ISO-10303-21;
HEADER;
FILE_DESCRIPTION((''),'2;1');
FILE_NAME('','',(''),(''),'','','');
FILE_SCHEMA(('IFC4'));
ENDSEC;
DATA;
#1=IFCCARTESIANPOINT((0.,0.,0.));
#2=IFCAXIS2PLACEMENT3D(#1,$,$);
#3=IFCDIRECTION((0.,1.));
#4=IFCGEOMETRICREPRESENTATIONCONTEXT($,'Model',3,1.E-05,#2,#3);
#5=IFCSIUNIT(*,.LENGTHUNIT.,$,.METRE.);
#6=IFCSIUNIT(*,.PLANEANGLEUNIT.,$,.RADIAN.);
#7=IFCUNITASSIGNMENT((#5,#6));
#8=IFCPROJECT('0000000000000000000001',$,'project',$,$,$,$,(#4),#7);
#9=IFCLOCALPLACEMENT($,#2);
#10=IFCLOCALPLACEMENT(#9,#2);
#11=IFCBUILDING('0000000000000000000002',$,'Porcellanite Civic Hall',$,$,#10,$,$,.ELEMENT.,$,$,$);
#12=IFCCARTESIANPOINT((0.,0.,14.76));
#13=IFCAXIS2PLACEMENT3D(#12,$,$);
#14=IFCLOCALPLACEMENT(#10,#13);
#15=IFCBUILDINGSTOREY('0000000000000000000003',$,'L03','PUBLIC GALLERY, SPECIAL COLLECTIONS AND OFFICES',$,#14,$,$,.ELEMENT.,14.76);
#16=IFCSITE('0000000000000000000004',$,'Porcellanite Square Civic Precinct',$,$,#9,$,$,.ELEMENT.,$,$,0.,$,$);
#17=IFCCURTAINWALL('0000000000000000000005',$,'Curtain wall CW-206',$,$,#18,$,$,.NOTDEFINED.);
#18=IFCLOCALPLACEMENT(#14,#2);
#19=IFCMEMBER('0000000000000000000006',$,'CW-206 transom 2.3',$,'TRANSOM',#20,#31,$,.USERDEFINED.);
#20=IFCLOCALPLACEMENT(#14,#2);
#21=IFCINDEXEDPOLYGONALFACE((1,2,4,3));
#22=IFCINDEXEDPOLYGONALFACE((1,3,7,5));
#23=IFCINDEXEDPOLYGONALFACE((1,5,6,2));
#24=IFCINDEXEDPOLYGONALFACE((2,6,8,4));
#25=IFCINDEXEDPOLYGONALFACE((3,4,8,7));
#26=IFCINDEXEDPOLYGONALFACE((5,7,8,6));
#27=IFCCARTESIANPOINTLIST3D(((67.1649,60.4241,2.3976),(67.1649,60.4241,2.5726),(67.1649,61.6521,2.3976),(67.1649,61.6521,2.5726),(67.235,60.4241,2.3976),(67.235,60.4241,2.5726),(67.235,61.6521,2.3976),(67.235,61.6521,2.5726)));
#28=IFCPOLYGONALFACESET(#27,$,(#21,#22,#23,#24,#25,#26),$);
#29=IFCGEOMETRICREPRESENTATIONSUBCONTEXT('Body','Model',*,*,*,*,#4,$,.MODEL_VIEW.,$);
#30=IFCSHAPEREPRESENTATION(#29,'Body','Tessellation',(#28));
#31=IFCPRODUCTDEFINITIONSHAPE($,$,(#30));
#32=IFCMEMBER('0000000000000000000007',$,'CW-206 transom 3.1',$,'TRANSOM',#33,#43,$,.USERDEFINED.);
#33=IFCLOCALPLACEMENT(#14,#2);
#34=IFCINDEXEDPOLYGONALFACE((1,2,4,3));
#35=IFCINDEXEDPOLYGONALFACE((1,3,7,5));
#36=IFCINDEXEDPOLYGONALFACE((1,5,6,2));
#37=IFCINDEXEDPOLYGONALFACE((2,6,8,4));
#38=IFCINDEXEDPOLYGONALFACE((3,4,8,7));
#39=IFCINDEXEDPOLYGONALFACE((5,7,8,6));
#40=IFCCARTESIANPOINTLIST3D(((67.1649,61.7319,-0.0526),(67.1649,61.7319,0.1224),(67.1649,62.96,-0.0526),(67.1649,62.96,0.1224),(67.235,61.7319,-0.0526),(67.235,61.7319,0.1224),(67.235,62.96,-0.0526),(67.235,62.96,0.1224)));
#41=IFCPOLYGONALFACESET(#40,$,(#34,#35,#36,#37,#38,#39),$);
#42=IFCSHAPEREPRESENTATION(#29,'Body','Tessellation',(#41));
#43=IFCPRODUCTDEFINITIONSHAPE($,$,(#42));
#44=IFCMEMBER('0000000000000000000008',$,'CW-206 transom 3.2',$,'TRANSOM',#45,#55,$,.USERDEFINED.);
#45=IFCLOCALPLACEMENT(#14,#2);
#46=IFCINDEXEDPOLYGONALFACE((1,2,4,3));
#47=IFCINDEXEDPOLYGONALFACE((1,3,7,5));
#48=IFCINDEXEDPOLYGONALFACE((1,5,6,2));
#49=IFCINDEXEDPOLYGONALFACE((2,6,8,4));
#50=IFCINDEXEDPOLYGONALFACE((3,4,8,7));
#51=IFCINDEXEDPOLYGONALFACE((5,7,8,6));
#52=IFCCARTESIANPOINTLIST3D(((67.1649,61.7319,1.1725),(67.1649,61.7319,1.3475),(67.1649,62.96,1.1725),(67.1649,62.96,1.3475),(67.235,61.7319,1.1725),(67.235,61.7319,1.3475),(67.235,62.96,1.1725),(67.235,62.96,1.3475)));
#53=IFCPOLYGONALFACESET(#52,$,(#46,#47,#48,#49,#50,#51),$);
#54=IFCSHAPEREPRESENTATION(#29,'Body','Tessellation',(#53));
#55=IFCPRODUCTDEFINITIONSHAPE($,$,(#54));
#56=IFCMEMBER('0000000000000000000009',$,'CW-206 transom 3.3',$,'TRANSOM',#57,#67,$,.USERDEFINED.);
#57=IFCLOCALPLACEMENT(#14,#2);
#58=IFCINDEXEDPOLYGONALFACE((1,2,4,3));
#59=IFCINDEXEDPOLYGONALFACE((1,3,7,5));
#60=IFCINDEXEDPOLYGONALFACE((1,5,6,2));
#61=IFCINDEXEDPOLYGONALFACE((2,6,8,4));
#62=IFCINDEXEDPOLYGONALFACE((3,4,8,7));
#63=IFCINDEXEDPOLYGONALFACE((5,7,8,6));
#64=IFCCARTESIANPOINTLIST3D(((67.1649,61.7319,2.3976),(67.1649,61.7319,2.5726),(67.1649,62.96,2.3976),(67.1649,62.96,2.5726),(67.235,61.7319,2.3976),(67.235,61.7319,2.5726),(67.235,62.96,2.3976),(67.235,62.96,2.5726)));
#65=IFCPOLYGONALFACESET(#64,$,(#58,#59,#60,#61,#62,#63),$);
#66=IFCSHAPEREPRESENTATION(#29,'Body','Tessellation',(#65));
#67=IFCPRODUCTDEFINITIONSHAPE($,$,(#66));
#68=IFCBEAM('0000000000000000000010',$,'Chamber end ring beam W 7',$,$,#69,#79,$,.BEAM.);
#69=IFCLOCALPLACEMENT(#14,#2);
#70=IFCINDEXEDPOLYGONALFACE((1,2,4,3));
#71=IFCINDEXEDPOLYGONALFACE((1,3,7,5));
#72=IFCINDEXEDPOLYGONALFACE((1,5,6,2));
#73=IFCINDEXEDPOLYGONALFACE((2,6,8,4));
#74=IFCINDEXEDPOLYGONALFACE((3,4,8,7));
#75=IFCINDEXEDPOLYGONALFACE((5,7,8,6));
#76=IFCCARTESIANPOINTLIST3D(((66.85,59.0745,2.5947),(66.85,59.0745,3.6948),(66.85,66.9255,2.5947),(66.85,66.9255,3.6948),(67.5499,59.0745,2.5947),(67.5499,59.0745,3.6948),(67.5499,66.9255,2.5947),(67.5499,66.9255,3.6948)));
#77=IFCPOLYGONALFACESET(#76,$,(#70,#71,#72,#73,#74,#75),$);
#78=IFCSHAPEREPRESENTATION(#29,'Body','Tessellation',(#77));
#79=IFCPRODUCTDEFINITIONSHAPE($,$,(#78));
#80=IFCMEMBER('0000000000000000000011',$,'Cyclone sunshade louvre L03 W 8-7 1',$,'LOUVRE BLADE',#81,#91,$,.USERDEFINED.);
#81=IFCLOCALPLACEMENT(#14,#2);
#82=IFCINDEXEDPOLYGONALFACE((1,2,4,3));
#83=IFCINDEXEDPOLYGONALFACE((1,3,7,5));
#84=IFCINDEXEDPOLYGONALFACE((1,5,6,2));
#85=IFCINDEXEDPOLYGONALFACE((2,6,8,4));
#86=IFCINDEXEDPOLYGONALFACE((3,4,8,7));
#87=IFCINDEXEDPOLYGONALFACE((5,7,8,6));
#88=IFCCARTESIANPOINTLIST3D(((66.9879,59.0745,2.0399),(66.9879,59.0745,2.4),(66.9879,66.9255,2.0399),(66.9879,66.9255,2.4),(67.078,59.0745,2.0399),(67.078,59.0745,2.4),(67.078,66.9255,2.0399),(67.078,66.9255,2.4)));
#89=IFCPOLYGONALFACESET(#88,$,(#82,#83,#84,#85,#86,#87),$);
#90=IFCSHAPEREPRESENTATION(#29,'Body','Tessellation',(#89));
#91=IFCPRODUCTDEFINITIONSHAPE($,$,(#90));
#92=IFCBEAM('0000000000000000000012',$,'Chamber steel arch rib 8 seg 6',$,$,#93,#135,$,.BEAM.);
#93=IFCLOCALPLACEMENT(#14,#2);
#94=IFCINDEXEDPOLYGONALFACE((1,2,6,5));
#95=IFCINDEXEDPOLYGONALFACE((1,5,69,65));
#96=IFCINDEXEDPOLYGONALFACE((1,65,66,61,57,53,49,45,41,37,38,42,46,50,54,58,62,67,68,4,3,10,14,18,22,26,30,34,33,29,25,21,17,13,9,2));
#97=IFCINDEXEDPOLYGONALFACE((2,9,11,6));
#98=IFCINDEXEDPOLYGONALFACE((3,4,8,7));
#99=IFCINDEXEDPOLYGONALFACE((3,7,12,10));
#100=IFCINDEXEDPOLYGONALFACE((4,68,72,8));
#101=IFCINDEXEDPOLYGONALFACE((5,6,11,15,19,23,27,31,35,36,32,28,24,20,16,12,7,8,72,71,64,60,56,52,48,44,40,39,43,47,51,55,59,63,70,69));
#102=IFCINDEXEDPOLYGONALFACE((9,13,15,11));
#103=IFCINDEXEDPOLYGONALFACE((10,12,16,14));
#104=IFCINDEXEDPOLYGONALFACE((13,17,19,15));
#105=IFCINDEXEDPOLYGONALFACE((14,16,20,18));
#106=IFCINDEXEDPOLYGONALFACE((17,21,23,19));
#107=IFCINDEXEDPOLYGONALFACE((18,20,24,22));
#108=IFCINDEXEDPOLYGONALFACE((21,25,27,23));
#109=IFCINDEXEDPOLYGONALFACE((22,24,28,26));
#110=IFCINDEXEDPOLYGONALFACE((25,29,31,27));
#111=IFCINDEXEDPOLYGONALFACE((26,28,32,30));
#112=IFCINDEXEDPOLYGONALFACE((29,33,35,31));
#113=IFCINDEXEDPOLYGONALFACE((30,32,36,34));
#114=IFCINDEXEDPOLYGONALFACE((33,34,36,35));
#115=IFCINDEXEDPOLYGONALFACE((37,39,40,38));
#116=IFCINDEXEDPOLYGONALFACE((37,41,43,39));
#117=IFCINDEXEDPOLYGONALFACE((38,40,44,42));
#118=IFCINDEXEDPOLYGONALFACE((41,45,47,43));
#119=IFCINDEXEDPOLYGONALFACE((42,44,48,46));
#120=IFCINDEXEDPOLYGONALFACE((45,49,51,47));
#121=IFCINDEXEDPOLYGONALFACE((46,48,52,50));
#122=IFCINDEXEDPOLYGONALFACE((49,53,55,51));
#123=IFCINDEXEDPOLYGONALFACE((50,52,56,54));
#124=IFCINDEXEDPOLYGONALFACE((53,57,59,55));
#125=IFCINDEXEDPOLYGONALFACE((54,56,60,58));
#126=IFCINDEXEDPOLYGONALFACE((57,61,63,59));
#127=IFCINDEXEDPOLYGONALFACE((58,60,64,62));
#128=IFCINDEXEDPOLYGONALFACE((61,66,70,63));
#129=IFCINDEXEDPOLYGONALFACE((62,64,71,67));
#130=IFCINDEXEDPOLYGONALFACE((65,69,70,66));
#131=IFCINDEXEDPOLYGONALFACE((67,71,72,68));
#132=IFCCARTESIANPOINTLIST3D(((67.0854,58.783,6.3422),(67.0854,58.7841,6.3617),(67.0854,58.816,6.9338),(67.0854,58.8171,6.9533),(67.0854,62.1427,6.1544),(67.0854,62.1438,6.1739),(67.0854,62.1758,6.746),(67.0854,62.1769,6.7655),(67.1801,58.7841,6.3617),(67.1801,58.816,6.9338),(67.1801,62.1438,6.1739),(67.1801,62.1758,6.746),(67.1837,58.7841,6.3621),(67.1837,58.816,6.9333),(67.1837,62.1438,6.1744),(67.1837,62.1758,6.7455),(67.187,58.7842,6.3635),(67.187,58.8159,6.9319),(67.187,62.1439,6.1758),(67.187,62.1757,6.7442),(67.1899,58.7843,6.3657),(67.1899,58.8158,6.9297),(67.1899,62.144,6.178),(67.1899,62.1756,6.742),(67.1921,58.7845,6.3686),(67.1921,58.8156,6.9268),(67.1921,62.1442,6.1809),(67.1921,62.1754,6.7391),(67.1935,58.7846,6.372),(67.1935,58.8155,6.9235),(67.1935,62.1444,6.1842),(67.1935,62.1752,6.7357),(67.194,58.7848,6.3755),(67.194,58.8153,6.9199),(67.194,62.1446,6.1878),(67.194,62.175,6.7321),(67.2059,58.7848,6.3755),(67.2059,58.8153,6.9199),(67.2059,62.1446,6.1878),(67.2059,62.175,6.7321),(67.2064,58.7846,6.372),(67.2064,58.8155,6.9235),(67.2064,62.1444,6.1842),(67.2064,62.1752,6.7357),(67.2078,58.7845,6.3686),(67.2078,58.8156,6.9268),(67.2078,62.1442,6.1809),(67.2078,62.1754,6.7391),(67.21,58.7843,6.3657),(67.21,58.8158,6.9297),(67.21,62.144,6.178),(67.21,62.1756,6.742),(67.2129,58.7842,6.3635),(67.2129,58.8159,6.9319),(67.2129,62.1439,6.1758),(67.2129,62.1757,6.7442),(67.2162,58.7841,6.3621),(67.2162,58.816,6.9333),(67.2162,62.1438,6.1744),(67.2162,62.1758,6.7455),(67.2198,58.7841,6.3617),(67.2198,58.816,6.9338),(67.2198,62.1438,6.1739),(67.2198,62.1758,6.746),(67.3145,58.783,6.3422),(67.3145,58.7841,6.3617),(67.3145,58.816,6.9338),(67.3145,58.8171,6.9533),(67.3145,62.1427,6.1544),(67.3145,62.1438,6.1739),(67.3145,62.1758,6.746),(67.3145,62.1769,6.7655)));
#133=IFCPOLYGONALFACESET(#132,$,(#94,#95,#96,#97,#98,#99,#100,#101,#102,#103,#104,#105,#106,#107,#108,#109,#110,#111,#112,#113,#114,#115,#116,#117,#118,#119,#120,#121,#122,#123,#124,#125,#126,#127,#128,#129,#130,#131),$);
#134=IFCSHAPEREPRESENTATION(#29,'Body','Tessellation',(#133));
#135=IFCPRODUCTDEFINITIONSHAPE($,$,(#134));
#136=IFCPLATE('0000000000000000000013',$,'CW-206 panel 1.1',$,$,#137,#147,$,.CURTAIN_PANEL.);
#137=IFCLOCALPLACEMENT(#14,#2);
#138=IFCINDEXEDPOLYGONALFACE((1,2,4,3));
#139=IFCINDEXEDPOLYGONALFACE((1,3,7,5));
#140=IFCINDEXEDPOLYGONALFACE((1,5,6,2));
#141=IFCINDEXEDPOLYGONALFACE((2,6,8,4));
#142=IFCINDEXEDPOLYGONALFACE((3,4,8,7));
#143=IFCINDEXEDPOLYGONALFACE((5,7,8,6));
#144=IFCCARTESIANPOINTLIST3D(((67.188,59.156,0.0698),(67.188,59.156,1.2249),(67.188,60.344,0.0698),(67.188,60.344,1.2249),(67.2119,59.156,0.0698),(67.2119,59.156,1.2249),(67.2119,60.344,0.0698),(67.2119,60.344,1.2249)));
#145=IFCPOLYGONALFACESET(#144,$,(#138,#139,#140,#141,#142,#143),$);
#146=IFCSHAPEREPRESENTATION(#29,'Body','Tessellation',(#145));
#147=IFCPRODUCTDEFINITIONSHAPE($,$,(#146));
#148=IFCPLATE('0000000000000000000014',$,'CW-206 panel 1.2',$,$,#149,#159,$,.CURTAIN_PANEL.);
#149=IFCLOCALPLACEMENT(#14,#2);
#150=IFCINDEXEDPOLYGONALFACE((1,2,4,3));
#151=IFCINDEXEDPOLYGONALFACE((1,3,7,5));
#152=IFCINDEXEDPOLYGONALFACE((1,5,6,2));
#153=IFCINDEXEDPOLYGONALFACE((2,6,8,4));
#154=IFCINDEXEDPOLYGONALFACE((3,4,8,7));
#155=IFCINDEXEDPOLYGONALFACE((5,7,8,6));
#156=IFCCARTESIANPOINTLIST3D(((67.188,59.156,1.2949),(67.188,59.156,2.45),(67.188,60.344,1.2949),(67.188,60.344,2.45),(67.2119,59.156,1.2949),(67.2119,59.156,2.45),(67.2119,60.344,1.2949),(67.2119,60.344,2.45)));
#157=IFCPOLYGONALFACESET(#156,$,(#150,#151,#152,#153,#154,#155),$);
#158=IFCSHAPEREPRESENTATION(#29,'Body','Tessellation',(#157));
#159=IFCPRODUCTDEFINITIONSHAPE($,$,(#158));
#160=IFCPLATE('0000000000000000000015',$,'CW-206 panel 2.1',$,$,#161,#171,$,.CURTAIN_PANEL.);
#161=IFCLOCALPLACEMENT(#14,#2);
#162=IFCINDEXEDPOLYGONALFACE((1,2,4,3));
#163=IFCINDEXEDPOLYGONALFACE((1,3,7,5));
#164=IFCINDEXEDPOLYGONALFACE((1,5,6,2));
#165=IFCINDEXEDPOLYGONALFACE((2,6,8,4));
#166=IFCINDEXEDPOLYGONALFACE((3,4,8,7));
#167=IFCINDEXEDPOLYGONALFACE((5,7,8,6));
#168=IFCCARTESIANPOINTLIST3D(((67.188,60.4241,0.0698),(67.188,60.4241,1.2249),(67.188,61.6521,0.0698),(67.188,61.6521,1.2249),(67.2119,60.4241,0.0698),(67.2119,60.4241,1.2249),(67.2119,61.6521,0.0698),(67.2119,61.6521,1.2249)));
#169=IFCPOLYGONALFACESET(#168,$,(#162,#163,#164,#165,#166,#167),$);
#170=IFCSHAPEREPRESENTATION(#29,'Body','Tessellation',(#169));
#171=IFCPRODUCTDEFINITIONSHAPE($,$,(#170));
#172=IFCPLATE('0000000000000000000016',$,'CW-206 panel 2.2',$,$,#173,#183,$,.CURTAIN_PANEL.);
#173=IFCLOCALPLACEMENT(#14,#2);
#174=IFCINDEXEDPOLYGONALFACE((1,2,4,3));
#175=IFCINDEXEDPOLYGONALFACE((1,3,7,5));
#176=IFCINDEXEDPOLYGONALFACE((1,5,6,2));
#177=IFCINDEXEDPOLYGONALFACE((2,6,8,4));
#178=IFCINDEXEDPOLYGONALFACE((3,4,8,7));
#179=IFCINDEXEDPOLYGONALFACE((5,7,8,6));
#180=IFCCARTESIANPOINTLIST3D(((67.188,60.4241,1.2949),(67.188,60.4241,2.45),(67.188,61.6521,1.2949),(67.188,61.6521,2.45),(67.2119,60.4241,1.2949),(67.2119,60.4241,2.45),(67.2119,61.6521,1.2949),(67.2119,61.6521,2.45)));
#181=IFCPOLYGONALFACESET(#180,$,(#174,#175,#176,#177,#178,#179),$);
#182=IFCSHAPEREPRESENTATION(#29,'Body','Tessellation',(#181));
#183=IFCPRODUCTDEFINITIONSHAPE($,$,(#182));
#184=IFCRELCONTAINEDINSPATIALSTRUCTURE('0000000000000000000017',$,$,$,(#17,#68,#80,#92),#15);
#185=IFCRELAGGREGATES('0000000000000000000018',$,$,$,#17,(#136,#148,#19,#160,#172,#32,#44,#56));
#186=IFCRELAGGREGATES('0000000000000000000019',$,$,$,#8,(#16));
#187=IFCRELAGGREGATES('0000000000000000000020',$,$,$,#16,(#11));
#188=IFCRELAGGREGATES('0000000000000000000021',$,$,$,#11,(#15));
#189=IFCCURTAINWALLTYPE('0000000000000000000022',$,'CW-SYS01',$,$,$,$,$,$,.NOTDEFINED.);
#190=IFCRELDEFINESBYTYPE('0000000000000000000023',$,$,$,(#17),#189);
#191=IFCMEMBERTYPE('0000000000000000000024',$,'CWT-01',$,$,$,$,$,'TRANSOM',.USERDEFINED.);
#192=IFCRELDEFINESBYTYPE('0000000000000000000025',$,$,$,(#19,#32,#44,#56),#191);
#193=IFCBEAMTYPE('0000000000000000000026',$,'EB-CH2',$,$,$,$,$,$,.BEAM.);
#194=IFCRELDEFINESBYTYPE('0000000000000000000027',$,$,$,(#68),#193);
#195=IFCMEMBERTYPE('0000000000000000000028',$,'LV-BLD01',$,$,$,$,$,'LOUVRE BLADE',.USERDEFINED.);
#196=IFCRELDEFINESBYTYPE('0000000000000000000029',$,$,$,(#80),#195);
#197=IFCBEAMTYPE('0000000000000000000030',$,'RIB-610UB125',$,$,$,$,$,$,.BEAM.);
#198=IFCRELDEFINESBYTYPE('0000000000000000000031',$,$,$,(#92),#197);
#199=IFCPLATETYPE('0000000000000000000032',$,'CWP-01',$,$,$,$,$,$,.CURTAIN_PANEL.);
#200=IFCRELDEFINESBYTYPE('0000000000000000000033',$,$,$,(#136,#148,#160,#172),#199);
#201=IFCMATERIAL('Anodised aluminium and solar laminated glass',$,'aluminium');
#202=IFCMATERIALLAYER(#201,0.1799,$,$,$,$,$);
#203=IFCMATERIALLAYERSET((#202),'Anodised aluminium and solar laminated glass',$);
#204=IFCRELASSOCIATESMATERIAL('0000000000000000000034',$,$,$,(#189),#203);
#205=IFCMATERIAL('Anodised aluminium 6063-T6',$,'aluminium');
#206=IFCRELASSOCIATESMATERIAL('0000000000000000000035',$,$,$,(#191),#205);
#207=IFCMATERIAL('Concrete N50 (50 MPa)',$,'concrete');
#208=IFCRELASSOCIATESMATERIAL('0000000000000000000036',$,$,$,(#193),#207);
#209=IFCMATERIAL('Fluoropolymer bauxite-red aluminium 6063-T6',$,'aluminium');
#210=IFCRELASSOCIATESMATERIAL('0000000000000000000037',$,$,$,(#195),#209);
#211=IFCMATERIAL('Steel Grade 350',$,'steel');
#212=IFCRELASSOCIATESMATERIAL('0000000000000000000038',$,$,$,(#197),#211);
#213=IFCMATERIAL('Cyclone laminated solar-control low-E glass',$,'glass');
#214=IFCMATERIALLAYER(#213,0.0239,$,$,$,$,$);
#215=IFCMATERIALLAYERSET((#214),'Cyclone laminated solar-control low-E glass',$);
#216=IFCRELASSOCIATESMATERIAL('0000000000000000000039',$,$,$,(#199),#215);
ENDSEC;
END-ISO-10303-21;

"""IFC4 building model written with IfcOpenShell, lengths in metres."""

from ifc_helpers import new_model, si_unit, direction, frame, origin, origin_2d, place, context, subcontext, project, spatial, rectangle, i_section, extrude, material, layer, layer_set, material_profile, profile_set, type_object, element, aggregate, save


model = new_model("IFC4")

# Units and contexts
model_context = context("Model", 3, precision=1e-05, world=origin(), true_north=direction((0.0, 1.0)))
body_context = subcontext(model_context, "Body", "Model", "MODEL_VIEW")
ifc_project = project(units=[si_unit("LENGTHUNIT", "METRE"), si_unit("PLANEANGLEUNIT", "RADIAN")], contexts=[model_context])

# Site, building, storey
site_placement = place(None, origin())
site = spatial("IfcSite", under=ifc_project, at=site_placement, Name="Porcellanite Square Civic Precinct", CompositionType="ELEMENT", RefElevation=0.0)
building_placement = place(site_placement, origin())
building = spatial("IfcBuilding", under=site, at=building_placement, Name="Porcellanite Civic Hall", CompositionType="ELEMENT")
storey_placement = place(building_placement, frame((0.0, 0.0, 14.76)))
storey = spatial("IfcBuildingStorey", under=building, at=storey_placement, Name="L03", Description="PUBLIC GALLERY, SPECIAL COLLECTIONS AND OFFICES", CompositionType="ELEMENT", Elevation=14.76)

# Curtain wall, members
ifc_material_1 = material(Name="Anodised aluminium and solar laminated glass", Category="aluminium")
ifc_layer_1 = layer(ifc_material_1, 0.1799)
ifc_layer_set_1 = layer_set([ifc_layer_1], Name="Anodised aluminium and solar laminated glass")
curtain_wall_type = type_object("IfcCurtainWallType", Name="CW-SYS01", PredefinedType="NOTDEFINED", material=ifc_layer_set_1)
curtain_wall_placement = place(storey_placement, origin())
curtain_wall = element("IfcCurtainWall", 1, at=curtain_wall_placement, inside=storey, type_object=curtain_wall_type, Name="Curtain wall CW-206", PredefinedType="NOTDEFINED")
ifc_material_2 = material(Name="Anodised aluminium 6063-T6", Category="aluminium")
ifc_material_profile_1 = material_profile(ifc_material_2, rectangle(XDim=0.0701, YDim=0.175, at=origin_2d()), Name="AL-70x175")
ifc_profile_set_1 = profile_set([ifc_material_profile_1], Name="Anodised aluminium 6063-T6")
member_type_1 = type_object("IfcMemberType", Name="CWT-01", ElementType="TRANSOM", PredefinedType="USERDEFINED", material=ifc_profile_set_1)
member_1_placement = place(storey_placement, frame((67.2, 60.4241, 2.4851), z_axis=(0.0, 1.0, 0.0), x_axis=(-1.0, 0.0, 0.0)))
member_1 = element("IfcMember", 2, at=member_1_placement, type_object=member_type_1, Name="CW-206 transom 2.3", ObjectType="TRANSOM", PredefinedType="USERDEFINED", context=body_context, shape_type="SweptSolid", body=[
    extrude(rectangle(XDim=0.0701, YDim=0.175, at=origin_2d()), origin(), (0.0, 0.0, 1.0), 1.228),
])
member_2_placement = place(storey_placement, frame((67.2, 61.7319, 0.0349), z_axis=(0.0, 1.0, 0.0), x_axis=(-1.0, 0.0, 0.0)))
member_2 = element("IfcMember", 3, at=member_2_placement, type_object=member_type_1, Name="CW-206 transom 3.1", ObjectType="TRANSOM", PredefinedType="USERDEFINED", context=body_context, shape_type="SweptSolid", body=[
    extrude(rectangle(XDim=0.0701, YDim=0.175, at=origin_2d()), origin(), (0.0, 0.0, 1.0), 1.228),
])
member_3_placement = place(storey_placement, frame((67.2, 61.7319, 1.26), z_axis=(0.0, 1.0, 0.0), x_axis=(-1.0, 0.0, 0.0)))
member_3 = element("IfcMember", 4, at=member_3_placement, type_object=member_type_1, Name="CW-206 transom 3.2", ObjectType="TRANSOM", PredefinedType="USERDEFINED", context=body_context, shape_type="SweptSolid", body=[
    extrude(rectangle(XDim=0.0701, YDim=0.175, at=origin_2d()), origin(), (0.0, 0.0, 1.0), 1.228),
])
member_4_placement = place(storey_placement, frame((67.2, 61.7319, 2.4851), z_axis=(0.0, 1.0, 0.0), x_axis=(-1.0, 0.0, 0.0)))
member_4 = element("IfcMember", 5, at=member_4_placement, type_object=member_type_1, Name="CW-206 transom 3.3", ObjectType="TRANSOM", PredefinedType="USERDEFINED", context=body_context, shape_type="SweptSolid", body=[
    extrude(rectangle(XDim=0.0701, YDim=0.175, at=origin_2d()), origin(), (0.0, 0.0, 1.0), 1.228),
])

# Beam
ifc_material_3 = material(Name="Concrete N50 (50 MPa)", Category="concrete")
ifc_material_profile_2 = material_profile(ifc_material_3, rectangle(XDim=0.7, YDim=1.1001, at=origin_2d()), Name="RC-700x1100")
ifc_profile_set_2 = profile_set([ifc_material_profile_2], Name="Concrete N50 (50 MPa)")
beam_type_1 = type_object("IfcBeamType", Name="EB-CH2", PredefinedType="BEAM", material=ifc_profile_set_2)
beam_1_placement = place(storey_placement, frame((67.2, 59.0745, 3.1448), z_axis=(0.0, 1.0, 0.0), x_axis=(-1.0, 0.0, 0.0)))
element("IfcBeam", 6, at=beam_1_placement, inside=storey, type_object=beam_type_1, Name="Chamber end ring beam W 7", PredefinedType="BEAM", context=body_context, shape_type="SweptSolid", body=[
    extrude(rectangle(XDim=0.7, YDim=1.1001, at=origin_2d()), origin(), (0.0, 0.0, 1.0), 7.8511),
])

# Member
ifc_material_4 = material(Name="Fluoropolymer bauxite-red aluminium 6063-T6", Category="aluminium")
ifc_material_profile_3 = material_profile(ifc_material_4, rectangle(XDim=0.0901, YDim=0.3601, at=origin_2d()), Name="AL-90x360")
ifc_profile_set_3 = profile_set([ifc_material_profile_3], Name="Fluoropolymer bauxite-red aluminium 6063-T6")
member_type_2 = type_object("IfcMemberType", Name="LV-BLD01", ElementType="LOUVRE BLADE", PredefinedType="USERDEFINED", material=ifc_profile_set_3)
member_5_placement = place(storey_placement, frame((67.033, 59.0745, 2.22), z_axis=(0.0, 1.0, 0.0), x_axis=(-1.0, 0.0, 0.0)))
element("IfcMember", 7, at=member_5_placement, inside=storey, type_object=member_type_2, Name="Cyclone sunshade louvre L03 W 8-7 1", ObjectType="LOUVRE BLADE", PredefinedType="USERDEFINED", context=body_context, shape_type="SweptSolid", body=[
    extrude(rectangle(XDim=0.0901, YDim=0.3601, at=origin_2d()), origin(), (0.0, 0.0, 1.0), 7.8511),
])

# Beam
ifc_material_5 = material(Name="Steel Grade 350", Category="steel")
ifc_material_profile_4 = material_profile(ifc_material_5, i_section(OverallWidth=0.229, OverallDepth=0.6121, WebThickness=0.012, FlangeThickness=0.0195, FilletRadius=0.0139, at=origin_2d()), Name="610UB125")
ifc_profile_set_4 = profile_set([ifc_material_profile_4], Name="Steel Grade 350")
beam_type_2 = type_object("IfcBeamType", Name="RIB-610UB125", PredefinedType="BEAM", material=ifc_profile_set_4)
beam_2_placement = place(storey_placement, frame((67.2, 58.8, 6.6477), z_axis=(0.0, 0.998442, -0.055791), x_axis=(-1.0, 0.0, 0.0)))
element("IfcBeam", 8, at=beam_2_placement, inside=storey, type_object=beam_type_2, Name="Chamber steel arch rib 8 seg 6", PredefinedType="BEAM", context=body_context, shape_type="SweptSolid", body=[
    extrude(i_section(OverallWidth=0.229, OverallDepth=0.6121, WebThickness=0.012, FlangeThickness=0.0195, FilletRadius=0.0139, at=origin_2d()), origin(), (0.0, 0.0, 1.0), 3.365),
])

# Plates
ifc_material_6 = material(Name="Cyclone laminated solar-control low-E glass", Category="glass")
ifc_layer_2 = layer(ifc_material_6, 0.0239)
ifc_layer_set_2 = layer_set([ifc_layer_2], Name="Cyclone laminated solar-control low-E glass")
plate_type_1 = type_object("IfcPlateType", Name="CWP-01", PredefinedType="CURTAIN_PANEL", material=ifc_layer_set_2)
plate_1_placement = place(storey_placement, frame((67.2, 59.75, 0.0698), z_axis=(0.0, 0.0, 1.0), x_axis=(0.0, 1.0, 0.0)))
plate_1 = element("IfcPlate", 9, at=plate_1_placement, type_object=plate_type_1, Name="CW-206 panel 1.1", PredefinedType="CURTAIN_PANEL", context=body_context, shape_type="SweptSolid", body=[
    extrude(rectangle(XDim=1.188, YDim=0.0239, at=origin_2d()), origin(), (0.0, 0.0, 1.0), 1.155),
])
plate_2_placement = place(storey_placement, frame((67.2, 59.75, 1.2949), z_axis=(0.0, 0.0, 1.0), x_axis=(0.0, 1.0, 0.0)))
plate_2 = element("IfcPlate", 10, at=plate_2_placement, type_object=plate_type_1, Name="CW-206 panel 1.2", PredefinedType="CURTAIN_PANEL", context=body_context, shape_type="SweptSolid", body=[
    extrude(rectangle(XDim=1.188, YDim=0.0239, at=origin_2d()), origin(), (0.0, 0.0, 1.0), 1.155),
])
plate_3_placement = place(storey_placement, frame((67.2, 61.0381, 0.0698), z_axis=(0.0, 0.0, 1.0), x_axis=(0.0, 1.0, 0.0)))
plate_3 = element("IfcPlate", 11, at=plate_3_placement, type_object=plate_type_1, Name="CW-206 panel 2.1", PredefinedType="CURTAIN_PANEL", context=body_context, shape_type="SweptSolid", body=[
    extrude(rectangle(XDim=1.228, YDim=0.0239, at=origin_2d()), origin(), (0.0, 0.0, 1.0), 1.155),
])
plate_4_placement = place(storey_placement, frame((67.2, 61.0381, 1.2949), z_axis=(0.0, 0.0, 1.0), x_axis=(0.0, 1.0, 0.0)))
plate_4 = element("IfcPlate", 12, at=plate_4_placement, type_object=plate_type_1, Name="CW-206 panel 2.2", PredefinedType="CURTAIN_PANEL", context=body_context, shape_type="SweptSolid", body=[
    extrude(rectangle(XDim=1.228, YDim=0.0239, at=origin_2d()), origin(), (0.0, 0.0, 1.0), 1.155),
])
aggregate(curtain_wall, [plate_1, plate_2, member_1, plate_3, plate_4, member_2, member_3, member_4])

save(model, "model.ifc")
